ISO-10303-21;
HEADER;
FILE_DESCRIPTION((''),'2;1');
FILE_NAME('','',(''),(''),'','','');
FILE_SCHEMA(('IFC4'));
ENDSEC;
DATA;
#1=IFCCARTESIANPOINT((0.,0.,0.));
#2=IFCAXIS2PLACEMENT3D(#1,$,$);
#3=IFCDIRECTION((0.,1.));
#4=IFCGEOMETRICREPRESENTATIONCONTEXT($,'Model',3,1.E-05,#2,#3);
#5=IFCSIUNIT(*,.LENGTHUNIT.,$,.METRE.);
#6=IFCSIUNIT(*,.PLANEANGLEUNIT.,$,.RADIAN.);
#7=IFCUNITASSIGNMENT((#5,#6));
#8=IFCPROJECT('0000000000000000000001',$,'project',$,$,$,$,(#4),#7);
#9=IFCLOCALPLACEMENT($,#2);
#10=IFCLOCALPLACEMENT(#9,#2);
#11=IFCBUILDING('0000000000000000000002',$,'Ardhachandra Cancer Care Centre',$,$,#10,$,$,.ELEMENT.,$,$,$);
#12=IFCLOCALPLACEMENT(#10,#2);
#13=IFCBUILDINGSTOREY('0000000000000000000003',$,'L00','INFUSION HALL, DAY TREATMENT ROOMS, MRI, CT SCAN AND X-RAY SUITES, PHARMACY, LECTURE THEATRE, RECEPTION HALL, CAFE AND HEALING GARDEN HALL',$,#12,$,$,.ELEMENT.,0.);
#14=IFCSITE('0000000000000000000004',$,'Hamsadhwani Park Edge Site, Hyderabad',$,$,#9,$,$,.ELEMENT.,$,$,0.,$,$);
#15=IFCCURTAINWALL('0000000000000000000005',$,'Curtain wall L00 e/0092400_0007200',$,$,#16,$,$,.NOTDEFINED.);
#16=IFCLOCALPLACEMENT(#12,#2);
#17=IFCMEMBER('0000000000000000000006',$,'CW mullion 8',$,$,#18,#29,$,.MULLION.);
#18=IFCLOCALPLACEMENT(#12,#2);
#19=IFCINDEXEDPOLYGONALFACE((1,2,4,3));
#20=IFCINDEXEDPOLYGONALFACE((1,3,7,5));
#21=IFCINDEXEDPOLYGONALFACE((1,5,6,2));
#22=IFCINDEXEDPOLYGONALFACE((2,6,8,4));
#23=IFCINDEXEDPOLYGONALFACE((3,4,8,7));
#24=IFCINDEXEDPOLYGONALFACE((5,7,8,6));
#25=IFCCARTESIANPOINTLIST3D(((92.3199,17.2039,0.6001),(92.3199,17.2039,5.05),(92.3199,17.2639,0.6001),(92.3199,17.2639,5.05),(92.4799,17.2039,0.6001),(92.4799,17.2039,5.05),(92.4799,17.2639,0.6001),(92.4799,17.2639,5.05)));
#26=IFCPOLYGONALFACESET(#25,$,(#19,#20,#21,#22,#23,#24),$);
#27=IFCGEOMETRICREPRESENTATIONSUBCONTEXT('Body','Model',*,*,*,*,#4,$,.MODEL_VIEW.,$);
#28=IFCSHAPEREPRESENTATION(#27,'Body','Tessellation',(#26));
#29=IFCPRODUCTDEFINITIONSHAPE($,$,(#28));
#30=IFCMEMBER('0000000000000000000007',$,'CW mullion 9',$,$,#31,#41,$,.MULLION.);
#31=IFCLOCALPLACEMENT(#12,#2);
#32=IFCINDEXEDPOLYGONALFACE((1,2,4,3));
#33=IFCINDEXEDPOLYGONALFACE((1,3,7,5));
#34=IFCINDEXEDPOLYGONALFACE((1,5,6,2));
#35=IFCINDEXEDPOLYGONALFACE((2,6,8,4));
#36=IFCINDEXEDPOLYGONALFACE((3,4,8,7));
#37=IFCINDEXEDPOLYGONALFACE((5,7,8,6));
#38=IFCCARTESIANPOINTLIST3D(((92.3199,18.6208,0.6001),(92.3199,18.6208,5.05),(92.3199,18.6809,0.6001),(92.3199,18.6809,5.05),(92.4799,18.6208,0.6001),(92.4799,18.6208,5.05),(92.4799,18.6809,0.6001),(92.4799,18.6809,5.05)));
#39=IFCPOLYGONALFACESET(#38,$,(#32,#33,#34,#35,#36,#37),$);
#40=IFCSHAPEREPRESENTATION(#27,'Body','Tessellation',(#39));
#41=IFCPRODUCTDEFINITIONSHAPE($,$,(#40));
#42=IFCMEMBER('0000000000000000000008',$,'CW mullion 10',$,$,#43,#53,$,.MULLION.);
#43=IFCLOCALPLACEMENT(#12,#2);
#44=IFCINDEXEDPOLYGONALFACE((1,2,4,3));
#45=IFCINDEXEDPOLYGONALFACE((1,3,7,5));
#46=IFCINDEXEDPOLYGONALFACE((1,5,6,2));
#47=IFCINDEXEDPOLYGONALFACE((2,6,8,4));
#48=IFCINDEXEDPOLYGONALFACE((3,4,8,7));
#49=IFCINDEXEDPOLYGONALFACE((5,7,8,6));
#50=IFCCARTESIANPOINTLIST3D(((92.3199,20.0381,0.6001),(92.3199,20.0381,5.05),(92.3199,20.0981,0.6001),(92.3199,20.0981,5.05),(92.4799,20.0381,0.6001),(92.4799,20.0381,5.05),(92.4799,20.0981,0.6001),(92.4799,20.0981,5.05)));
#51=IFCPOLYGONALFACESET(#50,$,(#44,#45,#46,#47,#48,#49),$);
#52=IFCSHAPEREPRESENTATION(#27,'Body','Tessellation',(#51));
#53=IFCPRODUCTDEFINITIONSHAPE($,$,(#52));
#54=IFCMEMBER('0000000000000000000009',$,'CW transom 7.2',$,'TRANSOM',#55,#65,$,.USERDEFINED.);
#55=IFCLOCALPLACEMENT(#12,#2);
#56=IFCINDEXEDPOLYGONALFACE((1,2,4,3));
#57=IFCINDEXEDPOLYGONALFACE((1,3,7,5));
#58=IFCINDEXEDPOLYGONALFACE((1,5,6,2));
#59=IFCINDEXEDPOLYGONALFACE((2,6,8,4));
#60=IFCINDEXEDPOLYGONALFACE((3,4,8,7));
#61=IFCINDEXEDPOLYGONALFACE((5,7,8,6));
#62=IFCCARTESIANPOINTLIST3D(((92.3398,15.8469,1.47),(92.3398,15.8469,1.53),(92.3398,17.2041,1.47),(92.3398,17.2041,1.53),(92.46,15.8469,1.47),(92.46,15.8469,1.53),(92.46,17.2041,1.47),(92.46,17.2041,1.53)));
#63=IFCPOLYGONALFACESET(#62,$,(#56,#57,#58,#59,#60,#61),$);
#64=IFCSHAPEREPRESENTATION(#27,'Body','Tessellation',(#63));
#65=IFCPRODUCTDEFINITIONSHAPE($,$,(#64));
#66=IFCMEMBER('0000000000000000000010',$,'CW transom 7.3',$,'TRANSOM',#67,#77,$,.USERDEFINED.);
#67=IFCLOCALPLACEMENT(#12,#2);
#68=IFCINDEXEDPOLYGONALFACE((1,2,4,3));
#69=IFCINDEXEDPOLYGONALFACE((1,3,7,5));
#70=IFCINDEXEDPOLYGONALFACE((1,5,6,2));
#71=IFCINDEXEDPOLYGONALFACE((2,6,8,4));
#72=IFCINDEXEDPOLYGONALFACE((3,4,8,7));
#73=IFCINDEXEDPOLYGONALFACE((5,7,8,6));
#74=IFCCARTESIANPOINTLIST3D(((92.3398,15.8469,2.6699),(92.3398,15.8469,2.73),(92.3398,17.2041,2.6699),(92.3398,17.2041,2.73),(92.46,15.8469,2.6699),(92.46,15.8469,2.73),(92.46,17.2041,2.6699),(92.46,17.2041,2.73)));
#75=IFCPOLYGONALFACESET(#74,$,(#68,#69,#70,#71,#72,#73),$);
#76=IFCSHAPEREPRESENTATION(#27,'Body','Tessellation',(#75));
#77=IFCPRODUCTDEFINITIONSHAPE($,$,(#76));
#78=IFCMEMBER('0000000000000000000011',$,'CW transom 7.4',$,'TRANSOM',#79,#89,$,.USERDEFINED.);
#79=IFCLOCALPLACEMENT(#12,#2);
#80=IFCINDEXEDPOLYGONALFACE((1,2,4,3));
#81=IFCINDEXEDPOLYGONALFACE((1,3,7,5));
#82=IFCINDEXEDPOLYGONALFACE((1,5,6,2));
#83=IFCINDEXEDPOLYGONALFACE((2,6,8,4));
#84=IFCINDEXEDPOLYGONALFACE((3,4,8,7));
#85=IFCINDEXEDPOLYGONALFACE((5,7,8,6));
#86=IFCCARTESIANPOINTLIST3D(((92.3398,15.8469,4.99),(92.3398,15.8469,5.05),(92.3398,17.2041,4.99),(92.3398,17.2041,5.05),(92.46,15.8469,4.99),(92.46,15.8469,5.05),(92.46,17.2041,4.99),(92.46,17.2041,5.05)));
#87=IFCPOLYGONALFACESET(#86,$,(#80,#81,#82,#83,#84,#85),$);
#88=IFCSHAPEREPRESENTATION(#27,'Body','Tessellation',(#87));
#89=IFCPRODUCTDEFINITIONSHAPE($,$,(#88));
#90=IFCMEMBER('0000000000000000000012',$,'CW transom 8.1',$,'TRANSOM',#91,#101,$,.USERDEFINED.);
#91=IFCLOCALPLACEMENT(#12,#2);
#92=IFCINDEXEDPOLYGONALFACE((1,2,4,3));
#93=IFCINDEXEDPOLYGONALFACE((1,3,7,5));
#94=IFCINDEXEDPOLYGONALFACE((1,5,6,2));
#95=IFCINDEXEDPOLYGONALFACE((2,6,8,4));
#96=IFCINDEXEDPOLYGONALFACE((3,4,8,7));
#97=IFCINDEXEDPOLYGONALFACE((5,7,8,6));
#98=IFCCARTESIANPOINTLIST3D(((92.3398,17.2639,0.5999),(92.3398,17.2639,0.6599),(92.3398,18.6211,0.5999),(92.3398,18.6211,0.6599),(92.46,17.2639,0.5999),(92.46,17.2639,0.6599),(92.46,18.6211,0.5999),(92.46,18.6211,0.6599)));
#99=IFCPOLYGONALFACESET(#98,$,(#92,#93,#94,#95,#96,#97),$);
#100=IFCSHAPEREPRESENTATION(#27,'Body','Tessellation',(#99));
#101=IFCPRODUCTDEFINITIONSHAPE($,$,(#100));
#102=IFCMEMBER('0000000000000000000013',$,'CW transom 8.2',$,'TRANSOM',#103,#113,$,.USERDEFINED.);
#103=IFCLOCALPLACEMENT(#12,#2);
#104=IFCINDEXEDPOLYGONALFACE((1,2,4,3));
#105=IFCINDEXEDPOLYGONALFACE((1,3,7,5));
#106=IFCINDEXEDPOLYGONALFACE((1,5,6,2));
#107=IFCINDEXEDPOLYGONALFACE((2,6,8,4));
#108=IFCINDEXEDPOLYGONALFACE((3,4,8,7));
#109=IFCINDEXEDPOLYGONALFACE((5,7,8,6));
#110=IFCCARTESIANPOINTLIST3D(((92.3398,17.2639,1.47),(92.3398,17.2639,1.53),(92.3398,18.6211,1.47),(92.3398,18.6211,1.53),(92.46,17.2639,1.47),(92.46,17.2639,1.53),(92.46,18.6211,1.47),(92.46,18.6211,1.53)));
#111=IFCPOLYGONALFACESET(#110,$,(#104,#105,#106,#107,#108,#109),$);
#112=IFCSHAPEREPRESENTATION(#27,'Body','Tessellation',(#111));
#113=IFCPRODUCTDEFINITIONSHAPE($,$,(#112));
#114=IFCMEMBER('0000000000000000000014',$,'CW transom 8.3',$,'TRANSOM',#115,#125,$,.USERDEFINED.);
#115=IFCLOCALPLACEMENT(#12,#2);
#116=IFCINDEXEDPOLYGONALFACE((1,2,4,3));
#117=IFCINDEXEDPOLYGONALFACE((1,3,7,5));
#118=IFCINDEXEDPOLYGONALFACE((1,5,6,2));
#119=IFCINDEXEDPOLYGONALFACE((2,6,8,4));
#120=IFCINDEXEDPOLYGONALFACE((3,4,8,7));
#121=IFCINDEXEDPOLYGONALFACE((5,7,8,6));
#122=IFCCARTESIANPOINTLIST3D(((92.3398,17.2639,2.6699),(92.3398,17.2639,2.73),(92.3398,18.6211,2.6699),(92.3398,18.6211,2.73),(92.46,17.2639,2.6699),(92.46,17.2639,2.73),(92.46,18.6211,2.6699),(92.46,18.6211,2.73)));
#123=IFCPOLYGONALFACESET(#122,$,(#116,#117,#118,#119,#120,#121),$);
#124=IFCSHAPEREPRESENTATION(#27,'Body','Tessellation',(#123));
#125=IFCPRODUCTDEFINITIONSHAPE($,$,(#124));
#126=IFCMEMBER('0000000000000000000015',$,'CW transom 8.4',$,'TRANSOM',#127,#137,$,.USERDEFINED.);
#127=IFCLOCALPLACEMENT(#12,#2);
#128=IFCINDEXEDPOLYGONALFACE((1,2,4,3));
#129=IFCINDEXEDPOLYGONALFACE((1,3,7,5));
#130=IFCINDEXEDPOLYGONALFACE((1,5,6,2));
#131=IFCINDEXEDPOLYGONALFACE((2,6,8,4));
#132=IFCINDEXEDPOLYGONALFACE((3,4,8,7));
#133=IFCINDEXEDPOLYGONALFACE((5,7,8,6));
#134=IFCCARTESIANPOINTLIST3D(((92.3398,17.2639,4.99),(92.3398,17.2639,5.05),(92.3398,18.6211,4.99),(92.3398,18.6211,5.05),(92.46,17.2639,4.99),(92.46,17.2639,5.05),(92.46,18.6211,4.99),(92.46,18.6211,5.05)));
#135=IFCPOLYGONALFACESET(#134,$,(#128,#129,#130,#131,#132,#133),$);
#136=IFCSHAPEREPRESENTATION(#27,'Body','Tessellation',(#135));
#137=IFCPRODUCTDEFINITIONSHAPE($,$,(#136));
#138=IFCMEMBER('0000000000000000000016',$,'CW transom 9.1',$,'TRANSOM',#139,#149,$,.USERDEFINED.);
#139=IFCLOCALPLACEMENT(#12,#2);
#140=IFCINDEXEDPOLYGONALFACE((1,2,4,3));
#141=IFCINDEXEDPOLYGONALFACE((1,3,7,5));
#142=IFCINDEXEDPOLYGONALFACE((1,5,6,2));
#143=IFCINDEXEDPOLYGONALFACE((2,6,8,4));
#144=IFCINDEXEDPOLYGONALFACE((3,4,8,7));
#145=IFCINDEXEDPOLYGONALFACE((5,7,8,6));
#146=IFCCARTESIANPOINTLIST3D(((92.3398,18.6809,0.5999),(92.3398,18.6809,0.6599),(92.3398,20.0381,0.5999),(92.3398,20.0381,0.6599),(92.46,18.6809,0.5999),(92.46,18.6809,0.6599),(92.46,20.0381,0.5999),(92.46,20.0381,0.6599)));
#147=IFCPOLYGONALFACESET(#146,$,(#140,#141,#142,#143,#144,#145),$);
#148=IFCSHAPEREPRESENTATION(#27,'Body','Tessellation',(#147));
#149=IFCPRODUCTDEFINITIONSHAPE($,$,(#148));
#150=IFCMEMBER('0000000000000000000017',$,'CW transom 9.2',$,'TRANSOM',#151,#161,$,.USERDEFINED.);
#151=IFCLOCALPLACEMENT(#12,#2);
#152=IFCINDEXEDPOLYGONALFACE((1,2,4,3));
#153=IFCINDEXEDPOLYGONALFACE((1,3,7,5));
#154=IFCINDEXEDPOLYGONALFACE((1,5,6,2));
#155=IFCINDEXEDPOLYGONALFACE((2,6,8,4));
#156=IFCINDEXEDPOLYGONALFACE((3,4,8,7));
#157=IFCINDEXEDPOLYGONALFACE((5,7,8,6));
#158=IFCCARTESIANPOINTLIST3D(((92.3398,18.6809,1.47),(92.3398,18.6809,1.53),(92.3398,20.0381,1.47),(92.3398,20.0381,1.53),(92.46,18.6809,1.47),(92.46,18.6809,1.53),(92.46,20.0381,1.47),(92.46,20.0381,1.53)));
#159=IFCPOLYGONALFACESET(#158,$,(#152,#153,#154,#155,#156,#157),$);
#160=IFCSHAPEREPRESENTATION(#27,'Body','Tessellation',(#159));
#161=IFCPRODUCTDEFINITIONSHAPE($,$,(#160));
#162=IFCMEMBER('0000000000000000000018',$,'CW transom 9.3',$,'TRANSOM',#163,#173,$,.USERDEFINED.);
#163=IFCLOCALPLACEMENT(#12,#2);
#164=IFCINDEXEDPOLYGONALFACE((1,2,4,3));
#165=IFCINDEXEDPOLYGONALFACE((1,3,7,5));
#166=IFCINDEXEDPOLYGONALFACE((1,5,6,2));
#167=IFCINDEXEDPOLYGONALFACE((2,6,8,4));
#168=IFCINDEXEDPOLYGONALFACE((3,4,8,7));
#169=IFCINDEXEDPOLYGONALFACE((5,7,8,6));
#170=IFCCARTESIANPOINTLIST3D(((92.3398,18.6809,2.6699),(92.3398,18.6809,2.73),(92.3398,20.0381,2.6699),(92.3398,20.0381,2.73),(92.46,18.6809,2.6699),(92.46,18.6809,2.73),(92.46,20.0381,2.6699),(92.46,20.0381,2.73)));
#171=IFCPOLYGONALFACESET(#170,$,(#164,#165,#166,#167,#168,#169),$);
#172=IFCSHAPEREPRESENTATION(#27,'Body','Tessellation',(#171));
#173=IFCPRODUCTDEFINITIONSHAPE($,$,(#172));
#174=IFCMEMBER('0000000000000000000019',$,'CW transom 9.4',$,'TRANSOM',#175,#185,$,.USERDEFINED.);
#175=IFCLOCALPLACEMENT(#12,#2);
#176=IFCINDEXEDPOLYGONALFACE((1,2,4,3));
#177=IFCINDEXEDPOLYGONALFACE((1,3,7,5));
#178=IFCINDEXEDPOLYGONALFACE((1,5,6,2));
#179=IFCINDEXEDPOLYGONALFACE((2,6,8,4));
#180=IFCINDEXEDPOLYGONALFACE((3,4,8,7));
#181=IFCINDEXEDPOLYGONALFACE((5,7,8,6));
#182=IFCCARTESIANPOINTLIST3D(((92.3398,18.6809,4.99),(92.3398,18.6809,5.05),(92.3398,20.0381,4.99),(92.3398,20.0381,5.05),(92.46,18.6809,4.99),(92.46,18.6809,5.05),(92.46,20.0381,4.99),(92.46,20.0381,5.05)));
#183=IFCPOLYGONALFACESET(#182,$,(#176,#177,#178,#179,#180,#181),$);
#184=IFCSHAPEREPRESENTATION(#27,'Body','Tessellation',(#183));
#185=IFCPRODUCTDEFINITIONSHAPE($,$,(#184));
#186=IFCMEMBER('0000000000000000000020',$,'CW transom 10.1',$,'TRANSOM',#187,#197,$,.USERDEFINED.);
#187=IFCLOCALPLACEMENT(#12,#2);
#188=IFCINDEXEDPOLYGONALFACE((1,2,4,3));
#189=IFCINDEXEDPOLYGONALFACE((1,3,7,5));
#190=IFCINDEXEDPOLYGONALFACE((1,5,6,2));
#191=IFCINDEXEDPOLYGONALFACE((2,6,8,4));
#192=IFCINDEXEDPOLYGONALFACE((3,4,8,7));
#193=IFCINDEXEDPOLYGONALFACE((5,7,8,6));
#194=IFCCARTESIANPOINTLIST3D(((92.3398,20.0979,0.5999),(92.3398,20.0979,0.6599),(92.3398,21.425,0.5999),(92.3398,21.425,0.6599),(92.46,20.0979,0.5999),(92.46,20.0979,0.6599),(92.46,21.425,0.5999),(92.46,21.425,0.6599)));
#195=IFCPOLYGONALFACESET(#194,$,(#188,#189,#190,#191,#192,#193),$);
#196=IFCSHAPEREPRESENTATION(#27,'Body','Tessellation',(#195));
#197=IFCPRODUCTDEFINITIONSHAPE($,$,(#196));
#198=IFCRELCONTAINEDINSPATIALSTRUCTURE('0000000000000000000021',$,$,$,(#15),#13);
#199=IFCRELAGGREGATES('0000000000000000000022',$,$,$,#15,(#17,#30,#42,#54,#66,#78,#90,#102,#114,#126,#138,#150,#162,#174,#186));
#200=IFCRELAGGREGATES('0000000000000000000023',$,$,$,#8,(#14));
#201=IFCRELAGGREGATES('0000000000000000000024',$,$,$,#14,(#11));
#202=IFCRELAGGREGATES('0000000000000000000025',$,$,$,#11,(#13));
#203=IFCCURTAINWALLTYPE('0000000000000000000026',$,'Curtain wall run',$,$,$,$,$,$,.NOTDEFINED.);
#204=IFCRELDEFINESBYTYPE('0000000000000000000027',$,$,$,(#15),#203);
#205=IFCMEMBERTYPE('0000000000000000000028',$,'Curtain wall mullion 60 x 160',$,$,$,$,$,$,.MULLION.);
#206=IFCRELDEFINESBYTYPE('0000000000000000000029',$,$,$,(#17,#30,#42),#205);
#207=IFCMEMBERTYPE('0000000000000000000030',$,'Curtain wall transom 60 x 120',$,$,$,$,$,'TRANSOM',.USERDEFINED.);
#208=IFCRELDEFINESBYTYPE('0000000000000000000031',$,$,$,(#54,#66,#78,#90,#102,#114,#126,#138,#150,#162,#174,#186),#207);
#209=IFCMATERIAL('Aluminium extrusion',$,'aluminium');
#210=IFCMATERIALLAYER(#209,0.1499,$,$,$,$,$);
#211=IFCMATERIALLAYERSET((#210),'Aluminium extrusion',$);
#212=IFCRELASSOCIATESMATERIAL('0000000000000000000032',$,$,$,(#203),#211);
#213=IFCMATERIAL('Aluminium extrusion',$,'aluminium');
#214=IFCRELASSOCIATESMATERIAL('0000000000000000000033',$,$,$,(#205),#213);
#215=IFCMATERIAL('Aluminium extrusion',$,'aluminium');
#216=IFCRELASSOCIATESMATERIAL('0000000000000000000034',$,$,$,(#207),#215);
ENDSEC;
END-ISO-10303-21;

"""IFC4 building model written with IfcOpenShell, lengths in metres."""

from ifc_helpers import new_model, si_unit, direction, frame, origin, origin_2d, place, context, subcontext, project, spatial, rectangle, extrude, material, layer, layer_set, material_profile, profile_set, type_object, element, aggregate, save


model = new_model("IFC4")

# Units and contexts
model_context = context("Model", 3, precision=1e-05, world=origin(), true_north=direction((0.0, 1.0)))
body_context = subcontext(model_context, "Body", "Model", "MODEL_VIEW")
ifc_project = project(units=[si_unit("LENGTHUNIT", "METRE"), si_unit("PLANEANGLEUNIT", "RADIAN")], contexts=[model_context])

# Site, building, storey
site_placement = place(None, origin())
site = spatial("IfcSite", under=ifc_project, at=site_placement, Name="Hamsadhwani Park Edge Site, Hyderabad", CompositionType="ELEMENT", RefElevation=0.0)
building_placement = place(site_placement, origin())
building = spatial("IfcBuilding", under=site, at=building_placement, Name="Ardhachandra Cancer Care Centre", CompositionType="ELEMENT")
storey_placement = place(building_placement, origin())
storey = spatial("IfcBuildingStorey", under=building, at=storey_placement, Name="L00", Description="INFUSION HALL, DAY TREATMENT ROOMS, MRI, CT SCAN AND X-RAY SUITES, PHARMACY, LECTURE THEATRE, RECEPTION HALL, CAFE AND HEALING GARDEN HALL", CompositionType="ELEMENT", Elevation=0.0)

# Curtain wall, members
ifc_material_1 = material(Name="Aluminium extrusion", Category="aluminium")
ifc_layer_1 = layer(ifc_material_1, 0.1499)
ifc_layer_set_1 = layer_set([ifc_layer_1], Name="Aluminium extrusion")
curtain_wall_type = type_object("IfcCurtainWallType", Name="Curtain wall run", PredefinedType="NOTDEFINED", material=ifc_layer_set_1)
curtain_wall_placement = place(storey_placement, origin())
curtain_wall = element("IfcCurtainWall", 1, at=curtain_wall_placement, inside=storey, type_object=curtain_wall_type, Name="Curtain wall L00 e/0092400_0007200", PredefinedType="NOTDEFINED")
ifc_material_2 = material(Name="Aluminium extrusion", Category="aluminium")
ifc_material_profile_1 = material_profile(ifc_material_2, rectangle(XDim=0.1599, YDim=0.0601, at=origin_2d()), Name="Curtain wall mullion 60 x 160")
ifc_profile_set_1 = profile_set([ifc_material_profile_1], Name="Aluminium extrusion")
member_type_1 = type_object("IfcMemberType", Name="Curtain wall mullion 60 x 160", PredefinedType="MULLION", material=ifc_profile_set_1)
member_1_placement = place(storey_placement, frame((92.3999, 17.2339, 0.6001), z_axis=(0.0, 0.0, 1.0), x_axis=(-1.0, 0.0, 0.0)))
member_1 = element("IfcMember", 2, at=member_1_placement, type_object=member_type_1, Name="CW mullion 8", PredefinedType="MULLION", context=body_context, shape_type="SweptSolid", body=[
    extrude(rectangle(XDim=0.1599, YDim=0.0601, at=origin_2d()), origin(), (0.0, 0.0, 1.0), 4.45),
])
member_2_placement = place(storey_placement, frame((92.3999, 18.6509, 0.6001), z_axis=(0.0, 0.0, 1.0), x_axis=(-1.0, 0.0, 0.0)))
member_2 = element("IfcMember", 3, at=member_2_placement, type_object=member_type_1, Name="CW mullion 9", PredefinedType="MULLION", context=body_context, shape_type="SweptSolid", body=[
    extrude(rectangle(XDim=0.1599, YDim=0.0601, at=origin_2d()), origin(), (0.0, 0.0, 1.0), 4.45),
])
member_3_placement = place(storey_placement, frame((92.3999, 20.0681, 0.6001), z_axis=(0.0, 0.0, 1.0), x_axis=(-1.0, 0.0, 0.0)))
member_3 = element("IfcMember", 4, at=member_3_placement, type_object=member_type_1, Name="CW mullion 10", PredefinedType="MULLION", context=body_context, shape_type="SweptSolid", body=[
    extrude(rectangle(XDim=0.1599, YDim=0.0601, at=origin_2d()), origin(), (0.0, 0.0, 1.0), 4.45),
])
ifc_material_3 = material(Name="Aluminium extrusion", Category="aluminium")
ifc_material_profile_2 = material_profile(ifc_material_3, rectangle(XDim=0.1201, YDim=0.0601, at=origin_2d()), Name="Curtain wall transom 60 x 120")
ifc_profile_set_2 = profile_set([ifc_material_profile_2], Name="Aluminium extrusion")
member_type_2 = type_object("IfcMemberType", Name="Curtain wall transom 60 x 120", ElementType="TRANSOM", PredefinedType="USERDEFINED", material=ifc_profile_set_2)
member_4_placement = place(storey_placement, frame((92.3999, 15.8469, 1.5), z_axis=(0.0, 1.0, 0.0), x_axis=(-1.0, 0.0, 0.0)))
member_4 = element("IfcMember", 5, at=member_4_placement, type_object=member_type_2, Name="CW transom 7.2", ObjectType="TRANSOM", PredefinedType="USERDEFINED", context=body_context, shape_type="SweptSolid", body=[
    extrude(rectangle(XDim=0.1201, YDim=0.0601, at=origin_2d()), origin(), (0.0, 0.0, 1.0), 1.3572),
])
member_5_placement = place(storey_placement, frame((92.3999, 15.8469, 2.7), z_axis=(0.0, 1.0, 0.0), x_axis=(-1.0, 0.0, 0.0)))
member_5 = element("IfcMember", 6, at=member_5_placement, type_object=member_type_2, Name="CW transom 7.3", ObjectType="TRANSOM", PredefinedType="USERDEFINED", context=body_context, shape_type="SweptSolid", body=[
    extrude(rectangle(XDim=0.1201, YDim=0.0601, at=origin_2d()), origin(), (0.0, 0.0, 1.0), 1.3572),
])
member_6_placement = place(storey_placement, frame((92.3999, 15.8469, 5.02), z_axis=(0.0, 1.0, 0.0), x_axis=(-1.0, 0.0, 0.0)))
member_6 = element("IfcMember", 7, at=member_6_placement, type_object=member_type_2, Name="CW transom 7.4", ObjectType="TRANSOM", PredefinedType="USERDEFINED", context=body_context, shape_type="SweptSolid", body=[
    extrude(rectangle(XDim=0.1201, YDim=0.0601, at=origin_2d()), origin(), (0.0, 0.0, 1.0), 1.3572),
])
member_7_placement = place(storey_placement, frame((92.3999, 17.2639, 0.6299), z_axis=(0.0, 1.0, 0.0), x_axis=(-1.0, 0.0, 0.0)))
member_7 = element("IfcMember", 8, at=member_7_placement, type_object=member_type_2, Name="CW transom 8.1", ObjectType="TRANSOM", PredefinedType="USERDEFINED", context=body_context, shape_type="SweptSolid", body=[
    extrude(rectangle(XDim=0.1201, YDim=0.0601, at=origin_2d()), origin(), (0.0, 0.0, 1.0), 1.3572),
])
member_8_placement = place(storey_placement, frame((92.3999, 17.2639, 1.5), z_axis=(0.0, 1.0, 0.0), x_axis=(-1.0, 0.0, 0.0)))
member_8 = element("IfcMember", 9, at=member_8_placement, type_object=member_type_2, Name="CW transom 8.2", ObjectType="TRANSOM", PredefinedType="USERDEFINED", context=body_context, shape_type="SweptSolid", body=[
    extrude(rectangle(XDim=0.1201, YDim=0.0601, at=origin_2d()), origin(), (0.0, 0.0, 1.0), 1.3572),
])
member_9_placement = place(storey_placement, frame((92.3999, 17.2639, 2.7), z_axis=(0.0, 1.0, 0.0), x_axis=(-1.0, 0.0, 0.0)))
member_9 = element("IfcMember", 10, at=member_9_placement, type_object=member_type_2, Name="CW transom 8.3", ObjectType="TRANSOM", PredefinedType="USERDEFINED", context=body_context, shape_type="SweptSolid", body=[
    extrude(rectangle(XDim=0.1201, YDim=0.0601, at=origin_2d()), origin(), (0.0, 0.0, 1.0), 1.3572),
])
member_10_placement = place(storey_placement, frame((92.3999, 17.2639, 5.02), z_axis=(0.0, 1.0, 0.0), x_axis=(-1.0, 0.0, 0.0)))
member_10 = element("IfcMember", 11, at=member_10_placement, type_object=member_type_2, Name="CW transom 8.4", ObjectType="TRANSOM", PredefinedType="USERDEFINED", context=body_context, shape_type="SweptSolid", body=[
    extrude(rectangle(XDim=0.1201, YDim=0.0601, at=origin_2d()), origin(), (0.0, 0.0, 1.0), 1.3572),
])
member_11_placement = place(storey_placement, frame((92.3999, 18.6809, 0.6299), z_axis=(0.0, 1.0, 0.0), x_axis=(-1.0, 0.0, 0.0)))
member_11 = element("IfcMember", 12, at=member_11_placement, type_object=member_type_2, Name="CW transom 9.1", ObjectType="TRANSOM", PredefinedType="USERDEFINED", context=body_context, shape_type="SweptSolid", body=[
    extrude(rectangle(XDim=0.1201, YDim=0.0601, at=origin_2d()), origin(), (0.0, 0.0, 1.0), 1.3572),
])
member_12_placement = place(storey_placement, frame((92.3999, 18.6809, 1.5), z_axis=(0.0, 1.0, 0.0), x_axis=(-1.0, 0.0, 0.0)))
member_12 = element("IfcMember", 13, at=member_12_placement, type_object=member_type_2, Name="CW transom 9.2", ObjectType="TRANSOM", PredefinedType="USERDEFINED", context=body_context, shape_type="SweptSolid", body=[
    extrude(rectangle(XDim=0.1201, YDim=0.0601, at=origin_2d()), origin(), (0.0, 0.0, 1.0), 1.3572),
])
member_13_placement = place(storey_placement, frame((92.3999, 18.6809, 2.7), z_axis=(0.0, 1.0, 0.0), x_axis=(-1.0, 0.0, 0.0)))
member_13 = element("IfcMember", 14, at=member_13_placement, type_object=member_type_2, Name="CW transom 9.3", ObjectType="TRANSOM", PredefinedType="USERDEFINED", context=body_context, shape_type="SweptSolid", body=[
    extrude(rectangle(XDim=0.1201, YDim=0.0601, at=origin_2d()), origin(), (0.0, 0.0, 1.0), 1.3572),
])
member_14_placement = place(storey_placement, frame((92.3999, 18.6809, 5.02), z_axis=(0.0, 1.0, 0.0), x_axis=(-1.0, 0.0, 0.0)))
member_14 = element("IfcMember", 15, at=member_14_placement, type_object=member_type_2, Name="CW transom 9.4", ObjectType="TRANSOM", PredefinedType="USERDEFINED", context=body_context, shape_type="SweptSolid", body=[
    extrude(rectangle(XDim=0.1201, YDim=0.0601, at=origin_2d()), origin(), (0.0, 0.0, 1.0), 1.3572),
])
member_15_placement = place(storey_placement, frame((92.3999, 20.0979, 0.6299), z_axis=(0.0, 1.0, 0.0), x_axis=(-1.0, 0.0, 0.0)))
member_15 = element("IfcMember", 16, at=member_15_placement, type_object=member_type_2, Name="CW transom 10.1", ObjectType="TRANSOM", PredefinedType="USERDEFINED", context=body_context, shape_type="SweptSolid", body=[
    extrude(rectangle(XDim=0.1201, YDim=0.0601, at=origin_2d()), origin(), (0.0, 0.0, 1.0), 1.3271),
])

aggregate(curtain_wall, [member_1, member_2, member_3, member_4, member_5, member_6, member_7, member_8, member_9, member_10, member_11, member_12, member_13, member_14, member_15])

save(model, "model.ifc")
